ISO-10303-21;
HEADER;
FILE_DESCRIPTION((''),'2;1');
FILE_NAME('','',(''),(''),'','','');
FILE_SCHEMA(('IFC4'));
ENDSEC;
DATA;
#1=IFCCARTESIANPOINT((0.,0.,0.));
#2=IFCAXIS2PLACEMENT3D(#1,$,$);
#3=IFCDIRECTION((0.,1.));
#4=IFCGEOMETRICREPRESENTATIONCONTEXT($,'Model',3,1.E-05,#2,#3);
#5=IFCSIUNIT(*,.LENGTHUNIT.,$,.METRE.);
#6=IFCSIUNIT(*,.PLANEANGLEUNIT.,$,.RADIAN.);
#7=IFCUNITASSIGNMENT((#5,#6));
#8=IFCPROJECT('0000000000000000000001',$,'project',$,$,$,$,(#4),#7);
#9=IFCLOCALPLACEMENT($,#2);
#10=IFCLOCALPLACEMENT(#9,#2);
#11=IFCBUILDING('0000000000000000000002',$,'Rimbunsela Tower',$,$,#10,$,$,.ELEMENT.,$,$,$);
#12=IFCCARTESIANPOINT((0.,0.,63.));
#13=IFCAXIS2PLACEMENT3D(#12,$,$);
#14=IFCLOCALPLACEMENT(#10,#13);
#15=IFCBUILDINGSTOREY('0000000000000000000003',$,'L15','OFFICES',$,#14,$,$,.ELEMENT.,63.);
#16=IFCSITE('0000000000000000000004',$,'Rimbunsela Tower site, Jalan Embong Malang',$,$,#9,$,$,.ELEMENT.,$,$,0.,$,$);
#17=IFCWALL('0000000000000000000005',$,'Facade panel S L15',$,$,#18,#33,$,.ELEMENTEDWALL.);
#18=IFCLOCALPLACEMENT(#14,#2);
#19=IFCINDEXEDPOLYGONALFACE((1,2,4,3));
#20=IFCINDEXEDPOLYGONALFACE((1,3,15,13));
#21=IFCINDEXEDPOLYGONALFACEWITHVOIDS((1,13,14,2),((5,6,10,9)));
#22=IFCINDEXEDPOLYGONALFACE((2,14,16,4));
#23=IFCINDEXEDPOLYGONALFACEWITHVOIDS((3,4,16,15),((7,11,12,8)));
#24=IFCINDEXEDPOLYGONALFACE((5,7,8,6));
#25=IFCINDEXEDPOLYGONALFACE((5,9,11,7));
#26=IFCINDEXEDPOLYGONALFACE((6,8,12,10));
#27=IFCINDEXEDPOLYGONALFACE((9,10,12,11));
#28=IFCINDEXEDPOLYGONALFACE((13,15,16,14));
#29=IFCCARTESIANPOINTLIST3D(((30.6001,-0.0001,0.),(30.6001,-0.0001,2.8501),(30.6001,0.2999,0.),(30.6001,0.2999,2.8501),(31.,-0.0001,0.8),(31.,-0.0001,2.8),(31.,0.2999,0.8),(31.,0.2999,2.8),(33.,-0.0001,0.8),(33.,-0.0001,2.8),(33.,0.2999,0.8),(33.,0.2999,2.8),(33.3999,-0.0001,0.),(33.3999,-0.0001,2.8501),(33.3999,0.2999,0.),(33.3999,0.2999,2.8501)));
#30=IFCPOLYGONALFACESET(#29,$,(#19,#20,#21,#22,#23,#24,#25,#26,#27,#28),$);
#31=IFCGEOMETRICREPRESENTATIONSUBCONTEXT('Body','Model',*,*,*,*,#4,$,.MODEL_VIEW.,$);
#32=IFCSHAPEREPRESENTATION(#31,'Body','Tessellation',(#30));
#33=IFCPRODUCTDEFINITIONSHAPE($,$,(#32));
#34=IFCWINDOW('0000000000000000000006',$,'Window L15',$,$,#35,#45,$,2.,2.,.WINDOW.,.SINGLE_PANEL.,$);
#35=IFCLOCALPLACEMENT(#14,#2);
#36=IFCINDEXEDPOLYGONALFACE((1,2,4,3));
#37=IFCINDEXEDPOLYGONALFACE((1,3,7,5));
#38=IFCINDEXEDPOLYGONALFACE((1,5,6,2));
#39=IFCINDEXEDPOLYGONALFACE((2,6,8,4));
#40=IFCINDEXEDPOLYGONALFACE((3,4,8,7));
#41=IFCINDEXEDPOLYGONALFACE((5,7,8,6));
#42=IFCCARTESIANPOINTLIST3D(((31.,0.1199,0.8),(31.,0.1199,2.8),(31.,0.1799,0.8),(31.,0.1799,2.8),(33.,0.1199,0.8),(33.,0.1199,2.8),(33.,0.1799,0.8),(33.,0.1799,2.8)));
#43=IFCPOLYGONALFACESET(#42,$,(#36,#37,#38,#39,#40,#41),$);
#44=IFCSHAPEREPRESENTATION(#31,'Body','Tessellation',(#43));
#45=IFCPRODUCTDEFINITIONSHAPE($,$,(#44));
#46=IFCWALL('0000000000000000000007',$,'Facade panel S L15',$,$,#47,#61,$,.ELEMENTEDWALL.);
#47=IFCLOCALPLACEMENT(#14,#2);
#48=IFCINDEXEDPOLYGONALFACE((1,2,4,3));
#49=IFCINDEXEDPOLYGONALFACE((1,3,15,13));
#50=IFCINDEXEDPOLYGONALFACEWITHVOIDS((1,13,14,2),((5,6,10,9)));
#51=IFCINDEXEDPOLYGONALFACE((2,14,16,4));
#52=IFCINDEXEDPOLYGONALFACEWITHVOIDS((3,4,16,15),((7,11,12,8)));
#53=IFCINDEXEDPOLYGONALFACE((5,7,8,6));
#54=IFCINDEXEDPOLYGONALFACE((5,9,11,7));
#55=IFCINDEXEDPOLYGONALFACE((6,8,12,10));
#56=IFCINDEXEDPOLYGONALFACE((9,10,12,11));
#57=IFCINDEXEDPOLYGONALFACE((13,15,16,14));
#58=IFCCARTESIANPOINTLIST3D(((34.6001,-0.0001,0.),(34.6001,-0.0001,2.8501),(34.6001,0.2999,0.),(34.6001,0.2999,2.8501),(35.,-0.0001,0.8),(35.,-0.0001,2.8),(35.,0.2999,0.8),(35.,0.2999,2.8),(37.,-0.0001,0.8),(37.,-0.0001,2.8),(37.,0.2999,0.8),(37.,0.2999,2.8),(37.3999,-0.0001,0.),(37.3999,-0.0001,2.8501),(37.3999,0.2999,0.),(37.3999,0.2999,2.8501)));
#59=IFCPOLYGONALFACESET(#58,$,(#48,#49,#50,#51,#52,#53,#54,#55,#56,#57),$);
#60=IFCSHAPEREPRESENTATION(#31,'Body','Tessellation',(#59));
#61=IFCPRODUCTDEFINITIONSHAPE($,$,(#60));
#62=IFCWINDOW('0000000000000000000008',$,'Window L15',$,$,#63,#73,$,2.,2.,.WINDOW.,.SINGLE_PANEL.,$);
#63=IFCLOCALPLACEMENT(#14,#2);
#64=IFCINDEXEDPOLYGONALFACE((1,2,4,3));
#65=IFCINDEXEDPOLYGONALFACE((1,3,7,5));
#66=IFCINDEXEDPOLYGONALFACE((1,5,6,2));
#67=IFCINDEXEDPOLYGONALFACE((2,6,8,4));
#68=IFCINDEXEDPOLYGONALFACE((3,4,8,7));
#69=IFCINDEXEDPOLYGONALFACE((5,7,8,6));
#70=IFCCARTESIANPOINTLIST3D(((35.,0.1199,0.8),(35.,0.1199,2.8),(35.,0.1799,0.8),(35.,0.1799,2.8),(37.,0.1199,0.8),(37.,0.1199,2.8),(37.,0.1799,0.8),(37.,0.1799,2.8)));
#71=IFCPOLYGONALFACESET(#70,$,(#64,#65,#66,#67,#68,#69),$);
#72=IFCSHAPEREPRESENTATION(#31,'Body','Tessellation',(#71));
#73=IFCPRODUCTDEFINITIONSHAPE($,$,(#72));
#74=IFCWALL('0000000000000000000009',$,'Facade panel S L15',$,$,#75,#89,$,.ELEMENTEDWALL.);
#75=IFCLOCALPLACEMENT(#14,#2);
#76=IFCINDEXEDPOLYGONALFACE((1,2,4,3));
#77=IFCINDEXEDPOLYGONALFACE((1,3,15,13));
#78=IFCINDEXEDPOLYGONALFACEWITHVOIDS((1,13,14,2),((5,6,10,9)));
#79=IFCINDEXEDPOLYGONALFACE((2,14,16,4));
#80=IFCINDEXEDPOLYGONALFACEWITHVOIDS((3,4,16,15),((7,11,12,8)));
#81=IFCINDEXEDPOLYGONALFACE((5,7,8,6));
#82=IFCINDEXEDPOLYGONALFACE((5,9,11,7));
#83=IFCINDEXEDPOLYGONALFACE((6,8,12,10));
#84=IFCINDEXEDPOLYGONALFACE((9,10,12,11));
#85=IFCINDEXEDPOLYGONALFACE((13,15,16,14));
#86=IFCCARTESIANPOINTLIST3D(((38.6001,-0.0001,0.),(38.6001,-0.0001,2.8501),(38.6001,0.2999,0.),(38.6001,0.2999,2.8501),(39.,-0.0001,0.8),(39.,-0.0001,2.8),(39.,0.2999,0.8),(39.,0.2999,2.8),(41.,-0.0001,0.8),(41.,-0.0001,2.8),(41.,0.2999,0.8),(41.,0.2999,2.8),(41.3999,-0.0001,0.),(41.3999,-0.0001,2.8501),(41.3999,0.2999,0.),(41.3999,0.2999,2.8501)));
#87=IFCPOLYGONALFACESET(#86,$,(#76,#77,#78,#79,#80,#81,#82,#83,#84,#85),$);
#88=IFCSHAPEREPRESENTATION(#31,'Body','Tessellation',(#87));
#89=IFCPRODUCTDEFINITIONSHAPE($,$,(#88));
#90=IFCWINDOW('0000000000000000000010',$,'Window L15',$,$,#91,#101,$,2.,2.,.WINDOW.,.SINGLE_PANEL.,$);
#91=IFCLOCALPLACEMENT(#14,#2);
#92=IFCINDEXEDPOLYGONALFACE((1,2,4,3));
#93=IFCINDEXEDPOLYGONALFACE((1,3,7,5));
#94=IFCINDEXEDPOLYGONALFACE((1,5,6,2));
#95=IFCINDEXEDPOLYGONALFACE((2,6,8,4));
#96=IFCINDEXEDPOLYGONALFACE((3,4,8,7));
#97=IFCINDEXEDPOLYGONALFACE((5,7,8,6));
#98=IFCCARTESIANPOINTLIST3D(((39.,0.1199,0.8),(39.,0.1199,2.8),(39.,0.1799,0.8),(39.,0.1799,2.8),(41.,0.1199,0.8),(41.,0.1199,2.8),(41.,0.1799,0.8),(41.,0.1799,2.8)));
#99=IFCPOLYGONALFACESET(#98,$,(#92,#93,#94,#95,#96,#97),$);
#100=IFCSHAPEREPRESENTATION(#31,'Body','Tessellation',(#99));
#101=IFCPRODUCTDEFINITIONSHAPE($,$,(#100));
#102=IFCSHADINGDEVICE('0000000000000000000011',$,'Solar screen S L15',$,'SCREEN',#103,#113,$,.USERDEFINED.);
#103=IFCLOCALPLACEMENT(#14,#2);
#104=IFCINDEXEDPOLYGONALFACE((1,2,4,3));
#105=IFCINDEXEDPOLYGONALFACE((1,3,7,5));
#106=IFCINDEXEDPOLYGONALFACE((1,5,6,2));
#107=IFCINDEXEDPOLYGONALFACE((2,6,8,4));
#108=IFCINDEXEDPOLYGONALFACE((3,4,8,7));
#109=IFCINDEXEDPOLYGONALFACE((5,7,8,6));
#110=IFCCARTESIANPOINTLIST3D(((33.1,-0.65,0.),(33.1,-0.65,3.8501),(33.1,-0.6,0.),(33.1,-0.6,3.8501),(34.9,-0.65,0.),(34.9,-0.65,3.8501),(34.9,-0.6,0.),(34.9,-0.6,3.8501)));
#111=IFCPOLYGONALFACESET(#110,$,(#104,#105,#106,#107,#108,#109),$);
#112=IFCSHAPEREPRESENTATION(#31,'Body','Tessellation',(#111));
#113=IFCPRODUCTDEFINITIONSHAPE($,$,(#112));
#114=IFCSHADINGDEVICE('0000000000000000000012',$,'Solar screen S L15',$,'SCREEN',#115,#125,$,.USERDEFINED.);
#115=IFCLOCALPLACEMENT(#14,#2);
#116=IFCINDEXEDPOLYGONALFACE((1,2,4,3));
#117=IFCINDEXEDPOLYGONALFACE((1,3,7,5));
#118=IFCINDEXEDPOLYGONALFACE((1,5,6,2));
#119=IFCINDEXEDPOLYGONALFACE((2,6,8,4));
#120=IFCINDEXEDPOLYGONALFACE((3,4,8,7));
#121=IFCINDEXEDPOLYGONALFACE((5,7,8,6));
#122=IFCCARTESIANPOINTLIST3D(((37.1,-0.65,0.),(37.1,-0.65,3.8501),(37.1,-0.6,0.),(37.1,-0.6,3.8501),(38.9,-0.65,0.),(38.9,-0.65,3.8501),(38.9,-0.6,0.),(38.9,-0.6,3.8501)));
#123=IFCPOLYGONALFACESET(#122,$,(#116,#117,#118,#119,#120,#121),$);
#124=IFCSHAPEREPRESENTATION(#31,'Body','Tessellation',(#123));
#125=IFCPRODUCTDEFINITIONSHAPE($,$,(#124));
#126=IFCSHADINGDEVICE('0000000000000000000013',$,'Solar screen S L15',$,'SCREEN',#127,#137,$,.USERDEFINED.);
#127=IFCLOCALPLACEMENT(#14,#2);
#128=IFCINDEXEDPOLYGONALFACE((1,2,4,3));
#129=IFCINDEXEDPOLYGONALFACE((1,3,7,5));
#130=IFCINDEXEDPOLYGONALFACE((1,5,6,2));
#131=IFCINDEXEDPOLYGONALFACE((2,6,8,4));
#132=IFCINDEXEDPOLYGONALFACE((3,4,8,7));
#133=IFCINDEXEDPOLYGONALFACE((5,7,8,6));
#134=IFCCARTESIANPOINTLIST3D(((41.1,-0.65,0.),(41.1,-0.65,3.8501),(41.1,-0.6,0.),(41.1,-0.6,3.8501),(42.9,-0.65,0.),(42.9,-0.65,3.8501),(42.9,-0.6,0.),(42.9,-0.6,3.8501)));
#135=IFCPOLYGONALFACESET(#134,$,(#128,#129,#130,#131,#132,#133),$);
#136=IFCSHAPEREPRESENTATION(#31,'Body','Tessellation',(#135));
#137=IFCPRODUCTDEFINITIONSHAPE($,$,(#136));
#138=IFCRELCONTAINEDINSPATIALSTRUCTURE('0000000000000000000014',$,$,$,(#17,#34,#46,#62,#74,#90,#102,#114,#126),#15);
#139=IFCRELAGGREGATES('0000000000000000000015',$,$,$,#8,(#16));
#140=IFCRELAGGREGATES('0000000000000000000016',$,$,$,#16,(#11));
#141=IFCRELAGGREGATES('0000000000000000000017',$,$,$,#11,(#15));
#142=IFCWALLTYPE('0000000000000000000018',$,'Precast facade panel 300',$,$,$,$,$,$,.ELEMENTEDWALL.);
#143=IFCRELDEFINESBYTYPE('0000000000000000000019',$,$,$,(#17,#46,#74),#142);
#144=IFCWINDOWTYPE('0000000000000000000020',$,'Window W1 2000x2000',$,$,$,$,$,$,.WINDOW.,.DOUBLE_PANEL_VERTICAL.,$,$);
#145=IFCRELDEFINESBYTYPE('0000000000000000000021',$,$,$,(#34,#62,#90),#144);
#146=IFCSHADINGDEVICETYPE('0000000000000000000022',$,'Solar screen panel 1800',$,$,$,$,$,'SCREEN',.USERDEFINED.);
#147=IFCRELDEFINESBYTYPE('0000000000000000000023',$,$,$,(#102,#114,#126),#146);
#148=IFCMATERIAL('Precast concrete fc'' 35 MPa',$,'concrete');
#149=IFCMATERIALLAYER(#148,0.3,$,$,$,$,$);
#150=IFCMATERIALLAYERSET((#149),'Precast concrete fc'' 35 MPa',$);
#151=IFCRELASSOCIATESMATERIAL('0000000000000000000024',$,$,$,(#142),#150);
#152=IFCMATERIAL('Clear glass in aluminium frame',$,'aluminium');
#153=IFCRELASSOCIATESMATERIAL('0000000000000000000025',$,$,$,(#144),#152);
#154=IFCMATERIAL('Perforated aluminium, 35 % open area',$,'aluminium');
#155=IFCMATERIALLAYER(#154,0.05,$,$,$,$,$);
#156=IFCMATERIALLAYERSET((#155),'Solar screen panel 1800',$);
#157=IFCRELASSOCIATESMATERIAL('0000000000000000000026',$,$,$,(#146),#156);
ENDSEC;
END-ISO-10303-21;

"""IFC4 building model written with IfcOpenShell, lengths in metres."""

from ifc_helpers import new_model, si_unit, direction, frame, frame_2d, origin, origin_2d, place, context, subcontext, project, spatial, rectangle, extrude, material, layer, layer_set, type_object, element, fill, save


model = new_model("IFC4")

# Units and contexts
model_context = context("Model", 3, precision=1e-05, world=origin(), true_north=direction((0.0, 1.0)))
body_context = subcontext(model_context, "Body", "Model", "MODEL_VIEW")
ifc_project = project(units=[si_unit("LENGTHUNIT", "METRE"), si_unit("PLANEANGLEUNIT", "RADIAN")], contexts=[model_context])

# Site, building, storey
site_placement = place(None, origin())
site = spatial("IfcSite", under=ifc_project, at=site_placement, Name="Rimbunsela Tower site, Jalan Embong Malang", CompositionType="ELEMENT", RefElevation=0.0)
building_placement = place(site_placement, origin())
building = spatial("IfcBuilding", under=site, at=building_placement, Name="Rimbunsela Tower", CompositionType="ELEMENT")
storey_placement = place(building_placement, frame((0.0, 0.0, 63.0)))
storey = spatial("IfcBuildingStorey", under=building, at=storey_placement, Name="L15", Description="OFFICES", CompositionType="ELEMENT", Elevation=63.0)

# Walls, openings, windows
ifc_material_1 = material(Name="Precast concrete fc' 35 MPa", Category="concrete")
ifc_layer_1 = layer(ifc_material_1, 0.3)
ifc_layer_set_1 = layer_set([ifc_layer_1], Name="Precast concrete fc' 35 MPa")
wall_type = type_object("IfcWallType", Name="Precast facade panel 300", PredefinedType="ELEMENTEDWALL", material=ifc_layer_set_1)
wall_1_placement = place(storey_placement, frame((30.6001, 0.1499, 0.0), z_axis=(0.0, 0.0, 1.0), x_axis=(1.0, 0.0, 0.0)))
wall_1 = element("IfcWall", 1, at=wall_1_placement, inside=storey, type_object=wall_type, Name="Facade panel S L15", PredefinedType="ELEMENTEDWALL", context=body_context, shape_type="SweptSolid", body=[
    extrude(rectangle(XDim=2.7998, YDim=0.3, at=frame_2d((1.3999, 0.0))), origin(), (0.0, 0.0, 1.0), 2.8501),
])
opening_1_placement = place(wall_1_placement, frame((0.3999, 0.0, 0.8)))
opening_1 = element("IfcOpeningElement", 2, at=opening_1_placement, cuts=wall_1, PredefinedType="OPENING", context=body_context, shape_type="SweptSolid", body=[
    extrude(rectangle(XDim=2.0, YDim=2.0, at=frame_2d((1.0, 1.0))), frame((0.0, 0.1599, 0.0), z_axis=(0.0, -1.0, 0.0), x_axis=(1.0, 0.0, 0.0)), (0.0, 0.0, 1.0), 0.3201),
])
ifc_material_2 = material(Name="Clear glass in aluminium frame", Category="aluminium")
window_type = type_object("IfcWindowType", Name="Window W1 2000x2000", PartitioningType="DOUBLE_PANEL_VERTICAL", PredefinedType="WINDOW", material=ifc_material_2)
window_1_placement = place(opening_1_placement, origin())
window_1 = element("IfcWindow", 3, at=window_1_placement, inside=storey, type_object=window_type, Name="Window L15", OverallHeight=2.0, OverallWidth=2.0, PartitioningType="SINGLE_PANEL", PredefinedType="WINDOW", context=body_context, shape_type="SweptSolid", body=[
    extrude(rectangle(XDim=2.0, YDim=2.0, at=frame_2d((1.0, 1.0))), frame((0.0, 0.03, 0.0), z_axis=(0.0, -1.0, 0.0), x_axis=(1.0, 0.0, 0.0)), (0.0, 0.0, 1.0), 0.0601),
])
fill(opening_1, window_1)
wall_2_placement = place(storey_placement, frame((34.6001, 0.1499, 0.0), z_axis=(0.0, 0.0, 1.0), x_axis=(1.0, 0.0, 0.0)))
wall_2 = element("IfcWall", 4, at=wall_2_placement, inside=storey, type_object=wall_type, Name="Facade panel S L15", PredefinedType="ELEMENTEDWALL", context=body_context, shape_type="SweptSolid", body=[
    extrude(rectangle(XDim=2.7998, YDim=0.3, at=frame_2d((1.3999, 0.0))), origin(), (0.0, 0.0, 1.0), 2.8501),
])
opening_2_placement = place(wall_2_placement, frame((0.3999, 0.0, 0.8)))
opening_2 = element("IfcOpeningElement", 5, at=opening_2_placement, cuts=wall_2, PredefinedType="OPENING", context=body_context, shape_type="SweptSolid", body=[
    extrude(rectangle(XDim=2.0, YDim=2.0, at=frame_2d((1.0, 1.0))), frame((0.0, 0.1599, 0.0), z_axis=(0.0, -1.0, 0.0), x_axis=(1.0, 0.0, 0.0)), (0.0, 0.0, 1.0), 0.3201),
])
window_2_placement = place(opening_2_placement, origin())
window_2 = element("IfcWindow", 6, at=window_2_placement, inside=storey, type_object=window_type, Name="Window L15", OverallHeight=2.0, OverallWidth=2.0, PartitioningType="SINGLE_PANEL", PredefinedType="WINDOW", context=body_context, shape_type="SweptSolid", body=[
    extrude(rectangle(XDim=2.0, YDim=2.0, at=frame_2d((1.0, 1.0))), frame((0.0, 0.03, 0.0), z_axis=(0.0, -1.0, 0.0), x_axis=(1.0, 0.0, 0.0)), (0.0, 0.0, 1.0), 0.0601),
])
fill(opening_2, window_2)
wall_3_placement = place(storey_placement, frame((38.6001, 0.1499, 0.0), z_axis=(0.0, 0.0, 1.0), x_axis=(1.0, 0.0, 0.0)))
wall_3 = element("IfcWall", 7, at=wall_3_placement, inside=storey, type_object=wall_type, Name="Facade panel S L15", PredefinedType="ELEMENTEDWALL", context=body_context, shape_type="SweptSolid", body=[
    extrude(rectangle(XDim=2.7998, YDim=0.3, at=frame_2d((1.3999, 0.0))), origin(), (0.0, 0.0, 1.0), 2.8501),
])
opening_3_placement = place(wall_3_placement, frame((0.3999, 0.0, 0.8)))
opening_3 = element("IfcOpeningElement", 8, at=opening_3_placement, cuts=wall_3, PredefinedType="OPENING", context=body_context, shape_type="SweptSolid", body=[
    extrude(rectangle(XDim=2.0, YDim=2.0, at=frame_2d((1.0, 1.0))), frame((0.0, 0.1599, 0.0), z_axis=(0.0, -1.0, 0.0), x_axis=(1.0, 0.0, 0.0)), (0.0, 0.0, 1.0), 0.3201),
])
window_3_placement = place(opening_3_placement, origin())
window_3 = element("IfcWindow", 9, at=window_3_placement, inside=storey, type_object=window_type, Name="Window L15", OverallHeight=2.0, OverallWidth=2.0, PartitioningType="SINGLE_PANEL", PredefinedType="WINDOW", context=body_context, shape_type="SweptSolid", body=[
    extrude(rectangle(XDim=2.0, YDim=2.0, at=frame_2d((1.0, 1.0))), frame((0.0, 0.03, 0.0), z_axis=(0.0, -1.0, 0.0), x_axis=(1.0, 0.0, 0.0)), (0.0, 0.0, 1.0), 0.0601),
])
fill(opening_3, window_3)

# Shading devices
ifc_material_3 = material(Name="Perforated aluminium, 35 % open area", Category="aluminium")
ifc_layer_2 = layer(ifc_material_3, 0.05)
ifc_layer_set_2 = layer_set([ifc_layer_2], Name="Solar screen panel 1800")
shading_device_type = type_object("IfcShadingDeviceType", Name="Solar screen panel 1800", ElementType="SCREEN", PredefinedType="USERDEFINED", material=ifc_layer_set_2)
for number, where, z_axis, x_axis, name in (
    (10, (34.0, -0.625, 0.0), (0.0, 0.0, 1.0), (1.0, 0.0, 0.0), "Solar screen S L15"),
    (11, (38.0, -0.625, 0.0), (0.0, 0.0, 1.0), (1.0, 0.0, 0.0), "Solar screen S L15"),
    (12, (42.0, -0.625, 0.0), (0.0, 0.0, 1.0), (1.0, 0.0, 0.0), "Solar screen S L15"),
):
    element("IfcShadingDevice", number, at=place(storey_placement, frame(where, z_axis=z_axis, x_axis=x_axis)), inside=storey, type_object=shading_device_type, Name=name, ObjectType="SCREEN", PredefinedType="USERDEFINED", context=body_context, shape_type="SweptSolid", body=[
        extrude(rectangle(XDim=1.8, YDim=0.05, at=origin_2d()), origin(), (0.0, 0.0, 1.0), 3.8501),
    ])

save(model, "model.ifc")
